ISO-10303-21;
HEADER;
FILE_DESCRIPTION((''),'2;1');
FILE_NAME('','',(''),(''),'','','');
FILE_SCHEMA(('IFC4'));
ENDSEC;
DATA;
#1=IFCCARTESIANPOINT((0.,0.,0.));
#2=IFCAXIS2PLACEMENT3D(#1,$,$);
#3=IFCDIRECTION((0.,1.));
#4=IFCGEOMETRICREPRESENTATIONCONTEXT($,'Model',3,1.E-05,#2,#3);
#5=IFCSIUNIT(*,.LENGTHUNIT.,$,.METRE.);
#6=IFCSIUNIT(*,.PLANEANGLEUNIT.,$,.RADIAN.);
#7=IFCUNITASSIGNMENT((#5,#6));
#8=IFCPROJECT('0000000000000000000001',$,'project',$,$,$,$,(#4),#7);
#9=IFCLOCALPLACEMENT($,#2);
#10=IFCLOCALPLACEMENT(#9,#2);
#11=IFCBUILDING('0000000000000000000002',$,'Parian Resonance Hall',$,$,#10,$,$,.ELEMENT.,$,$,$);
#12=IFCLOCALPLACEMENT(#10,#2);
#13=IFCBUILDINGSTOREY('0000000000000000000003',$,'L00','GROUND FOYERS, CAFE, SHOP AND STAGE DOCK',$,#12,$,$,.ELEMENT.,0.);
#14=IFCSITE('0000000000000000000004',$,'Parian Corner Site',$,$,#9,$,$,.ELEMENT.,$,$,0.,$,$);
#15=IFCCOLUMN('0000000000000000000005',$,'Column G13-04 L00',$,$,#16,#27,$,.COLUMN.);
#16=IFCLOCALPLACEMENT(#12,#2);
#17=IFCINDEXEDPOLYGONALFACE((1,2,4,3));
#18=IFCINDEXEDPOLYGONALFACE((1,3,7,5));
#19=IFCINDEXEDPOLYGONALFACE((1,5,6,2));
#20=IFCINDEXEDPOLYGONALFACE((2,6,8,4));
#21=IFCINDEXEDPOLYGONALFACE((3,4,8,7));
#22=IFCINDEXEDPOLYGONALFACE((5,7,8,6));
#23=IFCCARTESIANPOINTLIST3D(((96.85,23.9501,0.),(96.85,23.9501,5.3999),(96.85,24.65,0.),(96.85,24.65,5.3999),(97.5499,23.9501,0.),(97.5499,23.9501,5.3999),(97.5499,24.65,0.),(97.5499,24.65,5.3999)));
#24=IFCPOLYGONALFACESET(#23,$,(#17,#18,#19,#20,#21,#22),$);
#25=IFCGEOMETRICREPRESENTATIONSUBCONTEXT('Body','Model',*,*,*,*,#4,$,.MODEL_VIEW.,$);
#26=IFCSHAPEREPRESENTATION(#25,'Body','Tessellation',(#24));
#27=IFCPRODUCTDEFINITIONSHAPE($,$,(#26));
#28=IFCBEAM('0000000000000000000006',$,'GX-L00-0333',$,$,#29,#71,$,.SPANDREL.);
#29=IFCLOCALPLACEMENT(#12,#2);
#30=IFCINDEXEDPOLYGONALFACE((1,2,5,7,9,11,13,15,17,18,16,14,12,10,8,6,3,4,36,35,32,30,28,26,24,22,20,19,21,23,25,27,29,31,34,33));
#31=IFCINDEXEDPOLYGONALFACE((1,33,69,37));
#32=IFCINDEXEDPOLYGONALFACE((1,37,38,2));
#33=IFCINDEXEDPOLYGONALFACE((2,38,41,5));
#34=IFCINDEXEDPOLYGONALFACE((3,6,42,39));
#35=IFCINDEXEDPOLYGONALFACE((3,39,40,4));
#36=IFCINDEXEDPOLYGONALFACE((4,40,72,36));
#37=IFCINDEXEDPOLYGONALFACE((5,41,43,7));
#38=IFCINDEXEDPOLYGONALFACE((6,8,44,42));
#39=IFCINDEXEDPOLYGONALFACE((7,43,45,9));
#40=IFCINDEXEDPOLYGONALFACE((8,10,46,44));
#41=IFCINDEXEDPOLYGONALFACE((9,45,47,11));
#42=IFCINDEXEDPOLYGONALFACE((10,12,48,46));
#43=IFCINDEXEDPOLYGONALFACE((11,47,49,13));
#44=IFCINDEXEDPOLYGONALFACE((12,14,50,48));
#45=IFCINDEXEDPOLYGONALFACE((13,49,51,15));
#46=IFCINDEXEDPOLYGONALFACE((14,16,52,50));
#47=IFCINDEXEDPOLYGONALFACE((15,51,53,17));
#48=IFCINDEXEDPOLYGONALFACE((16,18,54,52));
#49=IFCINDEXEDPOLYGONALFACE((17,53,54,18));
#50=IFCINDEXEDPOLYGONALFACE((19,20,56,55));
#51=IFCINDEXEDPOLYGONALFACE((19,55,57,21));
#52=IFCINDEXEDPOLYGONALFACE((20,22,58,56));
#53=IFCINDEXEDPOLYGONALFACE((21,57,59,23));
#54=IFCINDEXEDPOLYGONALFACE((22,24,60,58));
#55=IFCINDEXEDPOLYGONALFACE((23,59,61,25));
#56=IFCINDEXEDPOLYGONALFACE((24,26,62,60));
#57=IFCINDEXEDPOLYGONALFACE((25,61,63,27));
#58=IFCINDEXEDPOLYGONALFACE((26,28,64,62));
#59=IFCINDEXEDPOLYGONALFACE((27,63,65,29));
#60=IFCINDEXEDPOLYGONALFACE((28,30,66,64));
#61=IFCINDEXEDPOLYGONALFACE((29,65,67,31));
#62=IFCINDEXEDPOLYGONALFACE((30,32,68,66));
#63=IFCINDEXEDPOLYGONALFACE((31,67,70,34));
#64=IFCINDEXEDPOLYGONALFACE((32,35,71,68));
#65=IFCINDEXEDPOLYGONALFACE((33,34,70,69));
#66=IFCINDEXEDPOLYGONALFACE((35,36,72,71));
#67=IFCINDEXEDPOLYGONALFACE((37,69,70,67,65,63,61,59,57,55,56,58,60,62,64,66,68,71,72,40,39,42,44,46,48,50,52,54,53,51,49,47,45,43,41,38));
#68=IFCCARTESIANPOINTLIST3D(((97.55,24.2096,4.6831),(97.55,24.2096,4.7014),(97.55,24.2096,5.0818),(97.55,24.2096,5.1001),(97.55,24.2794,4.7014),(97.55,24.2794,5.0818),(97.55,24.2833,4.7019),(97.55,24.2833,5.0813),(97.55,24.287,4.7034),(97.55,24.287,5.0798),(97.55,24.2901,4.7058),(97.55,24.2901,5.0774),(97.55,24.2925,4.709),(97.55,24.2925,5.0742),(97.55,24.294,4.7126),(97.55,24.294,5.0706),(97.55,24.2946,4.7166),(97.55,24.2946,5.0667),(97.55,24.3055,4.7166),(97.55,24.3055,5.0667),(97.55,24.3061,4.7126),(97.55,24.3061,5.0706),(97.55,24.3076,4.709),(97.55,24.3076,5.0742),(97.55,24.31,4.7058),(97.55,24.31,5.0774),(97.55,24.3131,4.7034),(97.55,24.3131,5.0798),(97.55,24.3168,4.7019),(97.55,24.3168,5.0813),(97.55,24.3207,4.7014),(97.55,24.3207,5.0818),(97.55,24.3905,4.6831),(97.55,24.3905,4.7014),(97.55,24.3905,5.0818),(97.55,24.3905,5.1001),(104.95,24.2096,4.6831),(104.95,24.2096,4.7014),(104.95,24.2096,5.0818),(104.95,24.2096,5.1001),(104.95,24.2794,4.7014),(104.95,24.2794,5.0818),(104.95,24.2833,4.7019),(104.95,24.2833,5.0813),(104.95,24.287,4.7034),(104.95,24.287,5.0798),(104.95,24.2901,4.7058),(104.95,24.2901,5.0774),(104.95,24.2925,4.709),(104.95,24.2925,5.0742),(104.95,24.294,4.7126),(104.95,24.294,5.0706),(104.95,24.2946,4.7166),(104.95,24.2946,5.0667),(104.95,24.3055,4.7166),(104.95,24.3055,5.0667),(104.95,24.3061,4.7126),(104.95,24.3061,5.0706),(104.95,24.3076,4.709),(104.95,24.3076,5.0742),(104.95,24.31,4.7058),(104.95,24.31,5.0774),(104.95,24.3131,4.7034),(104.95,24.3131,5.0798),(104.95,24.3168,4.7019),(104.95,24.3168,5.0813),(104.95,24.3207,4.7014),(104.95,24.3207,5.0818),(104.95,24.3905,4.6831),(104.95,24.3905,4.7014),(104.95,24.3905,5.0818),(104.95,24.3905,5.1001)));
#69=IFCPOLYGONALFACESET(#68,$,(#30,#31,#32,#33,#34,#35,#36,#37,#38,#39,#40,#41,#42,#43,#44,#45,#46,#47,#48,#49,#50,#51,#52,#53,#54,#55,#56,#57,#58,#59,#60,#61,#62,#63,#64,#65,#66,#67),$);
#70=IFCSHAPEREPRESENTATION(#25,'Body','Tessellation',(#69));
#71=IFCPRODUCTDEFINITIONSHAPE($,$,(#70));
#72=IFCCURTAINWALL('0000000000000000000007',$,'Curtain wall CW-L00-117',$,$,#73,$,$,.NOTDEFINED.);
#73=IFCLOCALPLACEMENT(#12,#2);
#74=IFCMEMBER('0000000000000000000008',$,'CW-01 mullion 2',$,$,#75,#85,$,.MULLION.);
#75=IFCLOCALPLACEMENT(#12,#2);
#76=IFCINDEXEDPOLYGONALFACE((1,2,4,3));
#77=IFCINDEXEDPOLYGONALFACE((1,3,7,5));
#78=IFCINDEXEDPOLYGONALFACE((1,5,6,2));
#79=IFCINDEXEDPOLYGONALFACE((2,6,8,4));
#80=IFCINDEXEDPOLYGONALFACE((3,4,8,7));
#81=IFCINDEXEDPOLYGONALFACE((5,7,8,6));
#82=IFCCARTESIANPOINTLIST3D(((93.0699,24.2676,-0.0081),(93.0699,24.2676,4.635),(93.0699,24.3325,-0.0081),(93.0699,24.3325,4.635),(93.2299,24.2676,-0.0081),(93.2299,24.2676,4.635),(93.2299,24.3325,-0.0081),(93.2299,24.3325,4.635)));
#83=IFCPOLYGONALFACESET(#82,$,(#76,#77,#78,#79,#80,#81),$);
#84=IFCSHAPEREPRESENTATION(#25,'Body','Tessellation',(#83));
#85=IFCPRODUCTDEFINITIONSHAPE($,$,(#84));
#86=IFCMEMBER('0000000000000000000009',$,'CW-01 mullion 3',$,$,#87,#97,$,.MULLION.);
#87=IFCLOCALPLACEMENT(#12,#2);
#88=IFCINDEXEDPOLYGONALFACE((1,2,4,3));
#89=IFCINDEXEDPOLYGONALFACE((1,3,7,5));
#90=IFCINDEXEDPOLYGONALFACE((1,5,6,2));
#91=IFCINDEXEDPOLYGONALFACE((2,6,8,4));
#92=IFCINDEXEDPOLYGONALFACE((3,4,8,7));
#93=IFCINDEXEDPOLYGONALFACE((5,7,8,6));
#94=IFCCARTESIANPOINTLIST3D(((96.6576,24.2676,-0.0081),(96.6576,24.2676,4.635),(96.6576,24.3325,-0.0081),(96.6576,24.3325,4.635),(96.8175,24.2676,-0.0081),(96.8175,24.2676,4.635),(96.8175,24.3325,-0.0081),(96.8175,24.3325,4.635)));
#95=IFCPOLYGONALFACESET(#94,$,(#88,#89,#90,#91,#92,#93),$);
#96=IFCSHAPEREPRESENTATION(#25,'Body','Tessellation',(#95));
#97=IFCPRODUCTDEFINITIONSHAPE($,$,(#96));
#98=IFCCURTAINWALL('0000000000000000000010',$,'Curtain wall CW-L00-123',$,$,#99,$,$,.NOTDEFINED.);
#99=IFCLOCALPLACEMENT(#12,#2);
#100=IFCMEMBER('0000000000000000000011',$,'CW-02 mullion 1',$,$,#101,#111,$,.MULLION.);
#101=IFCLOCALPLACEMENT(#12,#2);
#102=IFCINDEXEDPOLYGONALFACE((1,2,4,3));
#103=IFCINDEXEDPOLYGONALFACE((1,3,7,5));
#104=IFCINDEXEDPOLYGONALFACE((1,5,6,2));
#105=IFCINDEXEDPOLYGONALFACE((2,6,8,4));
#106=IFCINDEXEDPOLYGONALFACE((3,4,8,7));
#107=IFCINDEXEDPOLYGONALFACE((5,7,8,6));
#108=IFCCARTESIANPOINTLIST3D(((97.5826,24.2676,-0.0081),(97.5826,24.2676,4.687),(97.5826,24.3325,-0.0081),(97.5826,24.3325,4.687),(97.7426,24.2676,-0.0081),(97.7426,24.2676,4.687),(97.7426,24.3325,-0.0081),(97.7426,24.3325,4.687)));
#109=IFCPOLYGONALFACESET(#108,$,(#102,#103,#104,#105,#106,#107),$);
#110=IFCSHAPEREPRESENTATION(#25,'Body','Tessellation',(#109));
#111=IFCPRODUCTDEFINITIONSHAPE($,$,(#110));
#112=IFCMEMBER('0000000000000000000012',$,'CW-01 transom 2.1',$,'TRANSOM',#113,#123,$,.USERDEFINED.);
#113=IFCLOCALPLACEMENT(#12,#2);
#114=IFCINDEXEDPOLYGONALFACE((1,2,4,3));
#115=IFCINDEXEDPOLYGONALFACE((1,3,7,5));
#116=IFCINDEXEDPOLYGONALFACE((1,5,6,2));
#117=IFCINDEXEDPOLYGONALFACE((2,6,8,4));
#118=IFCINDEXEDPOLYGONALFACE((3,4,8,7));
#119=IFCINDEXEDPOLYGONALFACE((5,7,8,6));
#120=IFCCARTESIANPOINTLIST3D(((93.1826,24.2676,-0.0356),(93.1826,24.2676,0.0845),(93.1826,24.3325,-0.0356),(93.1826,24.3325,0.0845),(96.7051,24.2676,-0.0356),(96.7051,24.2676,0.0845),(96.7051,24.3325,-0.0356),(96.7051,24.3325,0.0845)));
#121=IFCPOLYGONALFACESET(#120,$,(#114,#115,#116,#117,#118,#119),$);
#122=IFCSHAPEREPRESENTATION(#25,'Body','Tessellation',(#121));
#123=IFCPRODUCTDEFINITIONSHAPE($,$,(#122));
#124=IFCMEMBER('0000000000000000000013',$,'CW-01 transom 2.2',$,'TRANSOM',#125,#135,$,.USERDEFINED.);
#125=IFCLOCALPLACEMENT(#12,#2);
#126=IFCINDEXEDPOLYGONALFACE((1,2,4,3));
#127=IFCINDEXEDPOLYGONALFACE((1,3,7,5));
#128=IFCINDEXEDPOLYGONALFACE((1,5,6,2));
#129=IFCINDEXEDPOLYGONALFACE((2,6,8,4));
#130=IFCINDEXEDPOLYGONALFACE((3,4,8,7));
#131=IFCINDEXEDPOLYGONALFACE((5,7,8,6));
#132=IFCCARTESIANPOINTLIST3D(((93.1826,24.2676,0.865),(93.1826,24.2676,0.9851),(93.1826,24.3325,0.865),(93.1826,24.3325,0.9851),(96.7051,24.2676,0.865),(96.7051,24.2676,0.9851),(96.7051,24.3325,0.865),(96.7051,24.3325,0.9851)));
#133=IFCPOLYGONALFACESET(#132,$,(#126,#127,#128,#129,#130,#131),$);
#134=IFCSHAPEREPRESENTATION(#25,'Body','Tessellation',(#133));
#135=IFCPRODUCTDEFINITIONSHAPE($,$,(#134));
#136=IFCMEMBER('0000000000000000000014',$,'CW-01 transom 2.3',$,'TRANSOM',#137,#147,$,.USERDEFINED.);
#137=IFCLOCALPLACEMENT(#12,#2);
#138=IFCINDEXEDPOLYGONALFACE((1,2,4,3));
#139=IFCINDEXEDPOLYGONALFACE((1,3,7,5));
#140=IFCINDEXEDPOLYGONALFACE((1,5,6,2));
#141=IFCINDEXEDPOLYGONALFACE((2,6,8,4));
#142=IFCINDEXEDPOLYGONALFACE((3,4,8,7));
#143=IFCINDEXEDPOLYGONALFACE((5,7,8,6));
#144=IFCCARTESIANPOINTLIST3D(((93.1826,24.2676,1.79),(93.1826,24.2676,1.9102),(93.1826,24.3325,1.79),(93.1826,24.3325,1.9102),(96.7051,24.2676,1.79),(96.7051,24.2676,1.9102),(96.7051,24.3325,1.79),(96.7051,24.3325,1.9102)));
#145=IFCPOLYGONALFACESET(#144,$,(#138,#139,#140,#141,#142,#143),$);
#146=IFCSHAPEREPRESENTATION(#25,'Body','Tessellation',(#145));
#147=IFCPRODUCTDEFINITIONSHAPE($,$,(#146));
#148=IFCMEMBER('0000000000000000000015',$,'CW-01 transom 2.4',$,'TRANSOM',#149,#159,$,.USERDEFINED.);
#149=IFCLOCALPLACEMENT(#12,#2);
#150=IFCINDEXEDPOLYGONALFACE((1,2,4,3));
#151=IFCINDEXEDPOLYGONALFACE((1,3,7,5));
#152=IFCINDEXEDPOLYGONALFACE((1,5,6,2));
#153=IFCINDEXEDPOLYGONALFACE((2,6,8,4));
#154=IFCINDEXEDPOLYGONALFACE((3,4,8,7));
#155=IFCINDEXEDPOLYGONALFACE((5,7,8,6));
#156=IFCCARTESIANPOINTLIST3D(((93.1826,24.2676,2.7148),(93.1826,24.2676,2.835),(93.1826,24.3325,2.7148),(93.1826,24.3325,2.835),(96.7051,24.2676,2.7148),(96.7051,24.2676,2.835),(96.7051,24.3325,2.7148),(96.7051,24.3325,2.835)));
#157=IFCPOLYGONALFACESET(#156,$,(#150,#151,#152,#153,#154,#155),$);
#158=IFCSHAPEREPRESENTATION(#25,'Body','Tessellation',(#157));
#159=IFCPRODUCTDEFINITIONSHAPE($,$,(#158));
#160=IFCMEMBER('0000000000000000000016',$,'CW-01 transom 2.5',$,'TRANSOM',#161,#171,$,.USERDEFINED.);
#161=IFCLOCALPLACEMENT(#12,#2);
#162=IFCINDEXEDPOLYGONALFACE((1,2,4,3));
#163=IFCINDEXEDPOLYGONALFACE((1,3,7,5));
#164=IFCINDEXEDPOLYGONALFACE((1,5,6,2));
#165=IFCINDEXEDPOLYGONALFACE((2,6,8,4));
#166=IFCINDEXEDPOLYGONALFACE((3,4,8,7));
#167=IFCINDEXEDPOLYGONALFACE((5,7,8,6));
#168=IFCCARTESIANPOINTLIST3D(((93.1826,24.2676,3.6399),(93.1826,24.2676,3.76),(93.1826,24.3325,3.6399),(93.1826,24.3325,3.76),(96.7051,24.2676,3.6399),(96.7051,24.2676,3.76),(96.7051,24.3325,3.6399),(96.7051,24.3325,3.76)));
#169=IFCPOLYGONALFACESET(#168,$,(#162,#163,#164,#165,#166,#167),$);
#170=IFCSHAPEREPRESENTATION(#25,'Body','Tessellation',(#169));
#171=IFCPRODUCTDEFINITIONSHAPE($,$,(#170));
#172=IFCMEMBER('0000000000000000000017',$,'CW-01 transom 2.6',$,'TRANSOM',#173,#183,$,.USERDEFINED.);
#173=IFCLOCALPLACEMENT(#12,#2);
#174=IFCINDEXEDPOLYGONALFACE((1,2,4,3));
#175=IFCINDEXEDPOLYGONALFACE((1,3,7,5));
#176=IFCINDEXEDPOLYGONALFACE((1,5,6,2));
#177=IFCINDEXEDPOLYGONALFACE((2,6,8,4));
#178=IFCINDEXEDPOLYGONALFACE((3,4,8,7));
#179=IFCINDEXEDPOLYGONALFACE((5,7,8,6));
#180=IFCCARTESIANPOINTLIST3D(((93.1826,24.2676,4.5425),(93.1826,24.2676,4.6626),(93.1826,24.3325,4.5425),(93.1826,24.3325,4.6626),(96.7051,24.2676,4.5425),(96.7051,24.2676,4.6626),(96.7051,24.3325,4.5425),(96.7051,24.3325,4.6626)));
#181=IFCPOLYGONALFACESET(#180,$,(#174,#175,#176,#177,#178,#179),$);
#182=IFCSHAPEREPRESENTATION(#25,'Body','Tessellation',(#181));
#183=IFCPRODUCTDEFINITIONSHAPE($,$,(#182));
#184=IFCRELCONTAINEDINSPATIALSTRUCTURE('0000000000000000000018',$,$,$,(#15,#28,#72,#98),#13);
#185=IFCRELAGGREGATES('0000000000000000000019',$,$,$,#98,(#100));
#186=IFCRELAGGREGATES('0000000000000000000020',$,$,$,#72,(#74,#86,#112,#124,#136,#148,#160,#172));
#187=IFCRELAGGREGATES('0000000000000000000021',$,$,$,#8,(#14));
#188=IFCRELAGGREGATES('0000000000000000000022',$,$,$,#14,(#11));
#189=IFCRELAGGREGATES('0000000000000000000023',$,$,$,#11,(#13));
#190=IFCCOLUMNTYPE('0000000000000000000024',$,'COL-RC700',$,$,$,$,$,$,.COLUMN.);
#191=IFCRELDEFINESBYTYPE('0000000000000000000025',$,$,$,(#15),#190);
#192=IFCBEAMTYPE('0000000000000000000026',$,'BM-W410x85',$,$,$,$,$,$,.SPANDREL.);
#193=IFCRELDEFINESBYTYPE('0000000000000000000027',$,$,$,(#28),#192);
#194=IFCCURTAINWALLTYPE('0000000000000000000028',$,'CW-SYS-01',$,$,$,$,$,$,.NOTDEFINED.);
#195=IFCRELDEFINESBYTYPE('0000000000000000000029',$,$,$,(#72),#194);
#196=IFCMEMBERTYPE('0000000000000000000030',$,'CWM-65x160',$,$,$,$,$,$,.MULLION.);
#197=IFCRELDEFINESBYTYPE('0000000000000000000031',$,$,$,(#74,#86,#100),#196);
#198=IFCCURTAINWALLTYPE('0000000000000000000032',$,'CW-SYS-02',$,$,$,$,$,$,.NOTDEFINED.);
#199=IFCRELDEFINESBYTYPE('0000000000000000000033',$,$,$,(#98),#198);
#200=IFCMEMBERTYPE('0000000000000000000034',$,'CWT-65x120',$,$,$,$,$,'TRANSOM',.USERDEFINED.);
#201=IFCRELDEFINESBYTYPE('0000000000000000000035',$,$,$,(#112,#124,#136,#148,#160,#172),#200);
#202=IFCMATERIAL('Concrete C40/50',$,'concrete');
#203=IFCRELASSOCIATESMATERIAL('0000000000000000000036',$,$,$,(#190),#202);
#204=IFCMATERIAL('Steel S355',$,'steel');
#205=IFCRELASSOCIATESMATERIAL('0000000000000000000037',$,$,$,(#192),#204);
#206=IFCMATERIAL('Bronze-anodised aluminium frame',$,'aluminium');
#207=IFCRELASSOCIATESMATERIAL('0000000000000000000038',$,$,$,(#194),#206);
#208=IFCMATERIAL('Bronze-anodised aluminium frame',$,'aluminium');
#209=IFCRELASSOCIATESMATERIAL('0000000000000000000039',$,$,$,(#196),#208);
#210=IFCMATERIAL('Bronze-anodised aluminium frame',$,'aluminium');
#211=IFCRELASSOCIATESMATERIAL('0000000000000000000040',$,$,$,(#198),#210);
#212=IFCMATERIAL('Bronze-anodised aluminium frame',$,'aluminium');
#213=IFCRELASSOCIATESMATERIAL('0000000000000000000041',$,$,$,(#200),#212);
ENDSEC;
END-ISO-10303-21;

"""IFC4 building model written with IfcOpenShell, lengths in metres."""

from ifc_helpers import new_model, si_unit, direction, frame, origin, origin_2d, place, context, subcontext, project, spatial, rectangle, i_section, extrude, material, material_profile, profile_set, type_object, element, aggregate, save


model = new_model("IFC4")

# Units and contexts
model_context = context("Model", 3, precision=1e-05, world=origin(), true_north=direction((0.0, 1.0)))
body_context = subcontext(model_context, "Body", "Model", "MODEL_VIEW")
ifc_project = project(units=[si_unit("LENGTHUNIT", "METRE"), si_unit("PLANEANGLEUNIT", "RADIAN")], contexts=[model_context])

# Site, building, storey
site_placement = place(None, origin())
site = spatial("IfcSite", under=ifc_project, at=site_placement, Name="Parian Corner Site", CompositionType="ELEMENT", RefElevation=0.0)
building_placement = place(site_placement, origin())
building = spatial("IfcBuilding", under=site, at=building_placement, Name="Parian Resonance Hall", CompositionType="ELEMENT")
storey_placement = place(building_placement, origin())
storey = spatial("IfcBuildingStorey", under=building, at=storey_placement, Name="L00", Description="GROUND FOYERS, CAFE, SHOP AND STAGE DOCK", CompositionType="ELEMENT", Elevation=0.0)

# Column
ifc_material_1 = material(Name="Concrete C40/50", Category="concrete")
ifc_material_profile_1 = material_profile(ifc_material_1, rectangle(XDim=0.7, YDim=0.7, at=origin_2d()), Name="RC-COL-700x700")
ifc_profile_set_1 = profile_set([ifc_material_profile_1], Name="Concrete C40/50")
column_type = type_object("IfcColumnType", Name="COL-RC700", PredefinedType="COLUMN", material=ifc_profile_set_1)
column_placement = place(storey_placement, frame((97.2, 24.3, 0.0), z_axis=(0.0, 0.0, 1.0), x_axis=(1.0, 0.0, 0.0)))
element("IfcColumn", 1, at=column_placement, inside=storey, type_object=column_type, Name="Column G13-04 L00", PredefinedType="COLUMN", context=body_context, shape_type="SweptSolid", body=[
    extrude(rectangle(XDim=0.7, YDim=0.7, at=origin_2d()), origin(), (0.0, 0.0, 1.0), 5.3999),
])

# Beam
ifc_material_2 = material(Name="Steel S355", Category="steel")
ifc_material_profile_2 = material_profile(ifc_material_2, i_section(OverallWidth=0.1809, OverallDepth=0.417, WebThickness=0.011, FlangeThickness=0.0183, FilletRadius=0.0151, at=origin_2d()), Name="W410x85")
ifc_profile_set_2 = profile_set([ifc_material_profile_2], Name="Steel S355")
beam_type = type_object("IfcBeamType", Name="BM-W410x85", PredefinedType="SPANDREL", material=ifc_profile_set_2)
beam_placement = place(storey_placement, frame((97.55, 24.3, 4.8916), z_axis=(1.0, 0.0, 0.0), x_axis=(0.0, 1.0, 0.0)))
element("IfcBeam", 2, at=beam_placement, inside=storey, type_object=beam_type, Name="GX-L00-0333", PredefinedType="SPANDREL", context=body_context, shape_type="SweptSolid", body=[
    extrude(i_section(OverallWidth=0.1809, OverallDepth=0.417, WebThickness=0.011, FlangeThickness=0.0183, FilletRadius=0.0151, at=origin_2d()), origin(), (0.0, 0.0, 1.0), 7.3999),
])

# Curtain wall, members
ifc_material_3 = material(Name="Bronze-anodised aluminium frame", Category="aluminium")
curtain_wall_type_1 = type_object("IfcCurtainWallType", Name="CW-SYS-01", PredefinedType="NOTDEFINED", material=ifc_material_3)
curtain_wall_1_placement = place(storey_placement, origin())
curtain_wall_1 = element("IfcCurtainWall", 3, at=curtain_wall_1_placement, inside=storey, type_object=curtain_wall_type_1, Name="Curtain wall CW-L00-117", PredefinedType="NOTDEFINED")
ifc_material_4 = material(Name="Bronze-anodised aluminium frame", Category="aluminium")
ifc_material_profile_3 = material_profile(ifc_material_4, rectangle(XDim=0.0649, YDim=0.1599, at=origin_2d()), Name="CWM-65x160")
ifc_profile_set_3 = profile_set([ifc_material_profile_3], Name="Bronze-anodised aluminium frame")
member_type_1 = type_object("IfcMemberType", Name="CWM-65x160", PredefinedType="MULLION", material=ifc_profile_set_3)
member_1_placement = place(storey_placement, frame((93.1499, 24.3, -0.0081), z_axis=(0.0, 0.0, 1.0), x_axis=(0.0, 1.0, 0.0)))
member_1 = element("IfcMember", 4, at=member_1_placement, type_object=member_type_1, Name="CW-01 mullion 2", PredefinedType="MULLION", context=body_context, shape_type="SweptSolid", body=[
    extrude(rectangle(XDim=0.0649, YDim=0.1599, at=origin_2d()), origin(), (0.0, 0.0, 1.0), 4.6431),
])
member_2_placement = place(storey_placement, frame((96.7375, 24.3, -0.0081), z_axis=(0.0, 0.0, 1.0), x_axis=(0.0, 1.0, 0.0)))
member_2 = element("IfcMember", 5, at=member_2_placement, type_object=member_type_1, Name="CW-01 mullion 3", PredefinedType="MULLION", context=body_context, shape_type="SweptSolid", body=[
    extrude(rectangle(XDim=0.0649, YDim=0.1599, at=origin_2d()), origin(), (0.0, 0.0, 1.0), 4.6431),
])

# Curtain wall, member
ifc_material_5 = material(Name="Bronze-anodised aluminium frame", Category="aluminium")
curtain_wall_type_2 = type_object("IfcCurtainWallType", Name="CW-SYS-02", PredefinedType="NOTDEFINED", material=ifc_material_5)
curtain_wall_2_placement = place(storey_placement, origin())
curtain_wall_2 = element("IfcCurtainWall", 6, at=curtain_wall_2_placement, inside=storey, type_object=curtain_wall_type_2, Name="Curtain wall CW-L00-123", PredefinedType="NOTDEFINED")
member_3_placement = place(storey_placement, frame((97.6626, 24.3, -0.0081), z_axis=(0.0, 0.0, 1.0), x_axis=(0.0, 1.0, 0.0)))
member_3 = element("IfcMember", 7, at=member_3_placement, type_object=member_type_1, Name="CW-02 mullion 1", PredefinedType="MULLION", context=body_context, shape_type="SweptSolid", body=[
    extrude(rectangle(XDim=0.0649, YDim=0.1599, at=origin_2d()), origin(), (0.0, 0.0, 1.0), 4.6951),
])

# Members
ifc_material_6 = material(Name="Bronze-anodised aluminium frame", Category="aluminium")
ifc_material_profile_4 = material_profile(ifc_material_6, rectangle(XDim=0.0649, YDim=0.1201, at=origin_2d()), Name="CWT-65x120")
ifc_profile_set_4 = profile_set([ifc_material_profile_4], Name="Bronze-anodised aluminium frame")
member_type_2 = type_object("IfcMemberType", Name="CWT-65x120", ElementType="TRANSOM", PredefinedType="USERDEFINED", material=ifc_profile_set_4)
member_4_placement = place(storey_placement, frame((93.1826, 24.3, 0.0244), z_axis=(1.0, 0.0, 0.0), x_axis=(0.0, 1.0, 0.0)))
member_4 = element("IfcMember", 8, at=member_4_placement, type_object=member_type_2, Name="CW-01 transom 2.1", ObjectType="TRANSOM", PredefinedType="USERDEFINED", context=body_context, shape_type="SweptSolid", body=[
    extrude(rectangle(XDim=0.0649, YDim=0.1201, at=origin_2d()), origin(), (0.0, 0.0, 1.0), 3.5225),
])
member_5_placement = place(storey_placement, frame((93.1826, 24.3, 0.925), z_axis=(1.0, 0.0, 0.0), x_axis=(0.0, 1.0, 0.0)))
member_5 = element("IfcMember", 9, at=member_5_placement, type_object=member_type_2, Name="CW-01 transom 2.2", ObjectType="TRANSOM", PredefinedType="USERDEFINED", context=body_context, shape_type="SweptSolid", body=[
    extrude(rectangle(XDim=0.0649, YDim=0.1201, at=origin_2d()), origin(), (0.0, 0.0, 1.0), 3.5225),
])
member_6_placement = place(storey_placement, frame((93.1826, 24.3, 1.8501), z_axis=(1.0, 0.0, 0.0), x_axis=(0.0, 1.0, 0.0)))
member_6 = element("IfcMember", 10, at=member_6_placement, type_object=member_type_2, Name="CW-01 transom 2.3", ObjectType="TRANSOM", PredefinedType="USERDEFINED", context=body_context, shape_type="SweptSolid", body=[
    extrude(rectangle(XDim=0.0649, YDim=0.1201, at=origin_2d()), origin(), (0.0, 0.0, 1.0), 3.5225),
])
member_7_placement = place(storey_placement, frame((93.1826, 24.3, 2.7749), z_axis=(1.0, 0.0, 0.0), x_axis=(0.0, 1.0, 0.0)))
member_7 = element("IfcMember", 11, at=member_7_placement, type_object=member_type_2, Name="CW-01 transom 2.4", ObjectType="TRANSOM", PredefinedType="USERDEFINED", context=body_context, shape_type="SweptSolid", body=[
    extrude(rectangle(XDim=0.0649, YDim=0.1201, at=origin_2d()), origin(), (0.0, 0.0, 1.0), 3.5225),
])
member_8_placement = place(storey_placement, frame((93.1826, 24.3, 3.7), z_axis=(1.0, 0.0, 0.0), x_axis=(0.0, 1.0, 0.0)))
member_8 = element("IfcMember", 12, at=member_8_placement, type_object=member_type_2, Name="CW-01 transom 2.5", ObjectType="TRANSOM", PredefinedType="USERDEFINED", context=body_context, shape_type="SweptSolid", body=[
    extrude(rectangle(XDim=0.0649, YDim=0.1201, at=origin_2d()), origin(), (0.0, 0.0, 1.0), 3.5225),
])
member_9_placement = place(storey_placement, frame((93.1826, 24.3, 4.6025), z_axis=(1.0, 0.0, 0.0), x_axis=(0.0, 1.0, 0.0)))
member_9 = element("IfcMember", 13, at=member_9_placement, type_object=member_type_2, Name="CW-01 transom 2.6", ObjectType="TRANSOM", PredefinedType="USERDEFINED", context=body_context, shape_type="SweptSolid", body=[
    extrude(rectangle(XDim=0.0649, YDim=0.1201, at=origin_2d()), origin(), (0.0, 0.0, 1.0), 3.5225),
])
aggregate(curtain_wall_2, [member_3])

aggregate(curtain_wall_1, [member_1, member_2, member_4, member_5, member_6, member_7, member_8, member_9])

save(model, "model.ifc")
